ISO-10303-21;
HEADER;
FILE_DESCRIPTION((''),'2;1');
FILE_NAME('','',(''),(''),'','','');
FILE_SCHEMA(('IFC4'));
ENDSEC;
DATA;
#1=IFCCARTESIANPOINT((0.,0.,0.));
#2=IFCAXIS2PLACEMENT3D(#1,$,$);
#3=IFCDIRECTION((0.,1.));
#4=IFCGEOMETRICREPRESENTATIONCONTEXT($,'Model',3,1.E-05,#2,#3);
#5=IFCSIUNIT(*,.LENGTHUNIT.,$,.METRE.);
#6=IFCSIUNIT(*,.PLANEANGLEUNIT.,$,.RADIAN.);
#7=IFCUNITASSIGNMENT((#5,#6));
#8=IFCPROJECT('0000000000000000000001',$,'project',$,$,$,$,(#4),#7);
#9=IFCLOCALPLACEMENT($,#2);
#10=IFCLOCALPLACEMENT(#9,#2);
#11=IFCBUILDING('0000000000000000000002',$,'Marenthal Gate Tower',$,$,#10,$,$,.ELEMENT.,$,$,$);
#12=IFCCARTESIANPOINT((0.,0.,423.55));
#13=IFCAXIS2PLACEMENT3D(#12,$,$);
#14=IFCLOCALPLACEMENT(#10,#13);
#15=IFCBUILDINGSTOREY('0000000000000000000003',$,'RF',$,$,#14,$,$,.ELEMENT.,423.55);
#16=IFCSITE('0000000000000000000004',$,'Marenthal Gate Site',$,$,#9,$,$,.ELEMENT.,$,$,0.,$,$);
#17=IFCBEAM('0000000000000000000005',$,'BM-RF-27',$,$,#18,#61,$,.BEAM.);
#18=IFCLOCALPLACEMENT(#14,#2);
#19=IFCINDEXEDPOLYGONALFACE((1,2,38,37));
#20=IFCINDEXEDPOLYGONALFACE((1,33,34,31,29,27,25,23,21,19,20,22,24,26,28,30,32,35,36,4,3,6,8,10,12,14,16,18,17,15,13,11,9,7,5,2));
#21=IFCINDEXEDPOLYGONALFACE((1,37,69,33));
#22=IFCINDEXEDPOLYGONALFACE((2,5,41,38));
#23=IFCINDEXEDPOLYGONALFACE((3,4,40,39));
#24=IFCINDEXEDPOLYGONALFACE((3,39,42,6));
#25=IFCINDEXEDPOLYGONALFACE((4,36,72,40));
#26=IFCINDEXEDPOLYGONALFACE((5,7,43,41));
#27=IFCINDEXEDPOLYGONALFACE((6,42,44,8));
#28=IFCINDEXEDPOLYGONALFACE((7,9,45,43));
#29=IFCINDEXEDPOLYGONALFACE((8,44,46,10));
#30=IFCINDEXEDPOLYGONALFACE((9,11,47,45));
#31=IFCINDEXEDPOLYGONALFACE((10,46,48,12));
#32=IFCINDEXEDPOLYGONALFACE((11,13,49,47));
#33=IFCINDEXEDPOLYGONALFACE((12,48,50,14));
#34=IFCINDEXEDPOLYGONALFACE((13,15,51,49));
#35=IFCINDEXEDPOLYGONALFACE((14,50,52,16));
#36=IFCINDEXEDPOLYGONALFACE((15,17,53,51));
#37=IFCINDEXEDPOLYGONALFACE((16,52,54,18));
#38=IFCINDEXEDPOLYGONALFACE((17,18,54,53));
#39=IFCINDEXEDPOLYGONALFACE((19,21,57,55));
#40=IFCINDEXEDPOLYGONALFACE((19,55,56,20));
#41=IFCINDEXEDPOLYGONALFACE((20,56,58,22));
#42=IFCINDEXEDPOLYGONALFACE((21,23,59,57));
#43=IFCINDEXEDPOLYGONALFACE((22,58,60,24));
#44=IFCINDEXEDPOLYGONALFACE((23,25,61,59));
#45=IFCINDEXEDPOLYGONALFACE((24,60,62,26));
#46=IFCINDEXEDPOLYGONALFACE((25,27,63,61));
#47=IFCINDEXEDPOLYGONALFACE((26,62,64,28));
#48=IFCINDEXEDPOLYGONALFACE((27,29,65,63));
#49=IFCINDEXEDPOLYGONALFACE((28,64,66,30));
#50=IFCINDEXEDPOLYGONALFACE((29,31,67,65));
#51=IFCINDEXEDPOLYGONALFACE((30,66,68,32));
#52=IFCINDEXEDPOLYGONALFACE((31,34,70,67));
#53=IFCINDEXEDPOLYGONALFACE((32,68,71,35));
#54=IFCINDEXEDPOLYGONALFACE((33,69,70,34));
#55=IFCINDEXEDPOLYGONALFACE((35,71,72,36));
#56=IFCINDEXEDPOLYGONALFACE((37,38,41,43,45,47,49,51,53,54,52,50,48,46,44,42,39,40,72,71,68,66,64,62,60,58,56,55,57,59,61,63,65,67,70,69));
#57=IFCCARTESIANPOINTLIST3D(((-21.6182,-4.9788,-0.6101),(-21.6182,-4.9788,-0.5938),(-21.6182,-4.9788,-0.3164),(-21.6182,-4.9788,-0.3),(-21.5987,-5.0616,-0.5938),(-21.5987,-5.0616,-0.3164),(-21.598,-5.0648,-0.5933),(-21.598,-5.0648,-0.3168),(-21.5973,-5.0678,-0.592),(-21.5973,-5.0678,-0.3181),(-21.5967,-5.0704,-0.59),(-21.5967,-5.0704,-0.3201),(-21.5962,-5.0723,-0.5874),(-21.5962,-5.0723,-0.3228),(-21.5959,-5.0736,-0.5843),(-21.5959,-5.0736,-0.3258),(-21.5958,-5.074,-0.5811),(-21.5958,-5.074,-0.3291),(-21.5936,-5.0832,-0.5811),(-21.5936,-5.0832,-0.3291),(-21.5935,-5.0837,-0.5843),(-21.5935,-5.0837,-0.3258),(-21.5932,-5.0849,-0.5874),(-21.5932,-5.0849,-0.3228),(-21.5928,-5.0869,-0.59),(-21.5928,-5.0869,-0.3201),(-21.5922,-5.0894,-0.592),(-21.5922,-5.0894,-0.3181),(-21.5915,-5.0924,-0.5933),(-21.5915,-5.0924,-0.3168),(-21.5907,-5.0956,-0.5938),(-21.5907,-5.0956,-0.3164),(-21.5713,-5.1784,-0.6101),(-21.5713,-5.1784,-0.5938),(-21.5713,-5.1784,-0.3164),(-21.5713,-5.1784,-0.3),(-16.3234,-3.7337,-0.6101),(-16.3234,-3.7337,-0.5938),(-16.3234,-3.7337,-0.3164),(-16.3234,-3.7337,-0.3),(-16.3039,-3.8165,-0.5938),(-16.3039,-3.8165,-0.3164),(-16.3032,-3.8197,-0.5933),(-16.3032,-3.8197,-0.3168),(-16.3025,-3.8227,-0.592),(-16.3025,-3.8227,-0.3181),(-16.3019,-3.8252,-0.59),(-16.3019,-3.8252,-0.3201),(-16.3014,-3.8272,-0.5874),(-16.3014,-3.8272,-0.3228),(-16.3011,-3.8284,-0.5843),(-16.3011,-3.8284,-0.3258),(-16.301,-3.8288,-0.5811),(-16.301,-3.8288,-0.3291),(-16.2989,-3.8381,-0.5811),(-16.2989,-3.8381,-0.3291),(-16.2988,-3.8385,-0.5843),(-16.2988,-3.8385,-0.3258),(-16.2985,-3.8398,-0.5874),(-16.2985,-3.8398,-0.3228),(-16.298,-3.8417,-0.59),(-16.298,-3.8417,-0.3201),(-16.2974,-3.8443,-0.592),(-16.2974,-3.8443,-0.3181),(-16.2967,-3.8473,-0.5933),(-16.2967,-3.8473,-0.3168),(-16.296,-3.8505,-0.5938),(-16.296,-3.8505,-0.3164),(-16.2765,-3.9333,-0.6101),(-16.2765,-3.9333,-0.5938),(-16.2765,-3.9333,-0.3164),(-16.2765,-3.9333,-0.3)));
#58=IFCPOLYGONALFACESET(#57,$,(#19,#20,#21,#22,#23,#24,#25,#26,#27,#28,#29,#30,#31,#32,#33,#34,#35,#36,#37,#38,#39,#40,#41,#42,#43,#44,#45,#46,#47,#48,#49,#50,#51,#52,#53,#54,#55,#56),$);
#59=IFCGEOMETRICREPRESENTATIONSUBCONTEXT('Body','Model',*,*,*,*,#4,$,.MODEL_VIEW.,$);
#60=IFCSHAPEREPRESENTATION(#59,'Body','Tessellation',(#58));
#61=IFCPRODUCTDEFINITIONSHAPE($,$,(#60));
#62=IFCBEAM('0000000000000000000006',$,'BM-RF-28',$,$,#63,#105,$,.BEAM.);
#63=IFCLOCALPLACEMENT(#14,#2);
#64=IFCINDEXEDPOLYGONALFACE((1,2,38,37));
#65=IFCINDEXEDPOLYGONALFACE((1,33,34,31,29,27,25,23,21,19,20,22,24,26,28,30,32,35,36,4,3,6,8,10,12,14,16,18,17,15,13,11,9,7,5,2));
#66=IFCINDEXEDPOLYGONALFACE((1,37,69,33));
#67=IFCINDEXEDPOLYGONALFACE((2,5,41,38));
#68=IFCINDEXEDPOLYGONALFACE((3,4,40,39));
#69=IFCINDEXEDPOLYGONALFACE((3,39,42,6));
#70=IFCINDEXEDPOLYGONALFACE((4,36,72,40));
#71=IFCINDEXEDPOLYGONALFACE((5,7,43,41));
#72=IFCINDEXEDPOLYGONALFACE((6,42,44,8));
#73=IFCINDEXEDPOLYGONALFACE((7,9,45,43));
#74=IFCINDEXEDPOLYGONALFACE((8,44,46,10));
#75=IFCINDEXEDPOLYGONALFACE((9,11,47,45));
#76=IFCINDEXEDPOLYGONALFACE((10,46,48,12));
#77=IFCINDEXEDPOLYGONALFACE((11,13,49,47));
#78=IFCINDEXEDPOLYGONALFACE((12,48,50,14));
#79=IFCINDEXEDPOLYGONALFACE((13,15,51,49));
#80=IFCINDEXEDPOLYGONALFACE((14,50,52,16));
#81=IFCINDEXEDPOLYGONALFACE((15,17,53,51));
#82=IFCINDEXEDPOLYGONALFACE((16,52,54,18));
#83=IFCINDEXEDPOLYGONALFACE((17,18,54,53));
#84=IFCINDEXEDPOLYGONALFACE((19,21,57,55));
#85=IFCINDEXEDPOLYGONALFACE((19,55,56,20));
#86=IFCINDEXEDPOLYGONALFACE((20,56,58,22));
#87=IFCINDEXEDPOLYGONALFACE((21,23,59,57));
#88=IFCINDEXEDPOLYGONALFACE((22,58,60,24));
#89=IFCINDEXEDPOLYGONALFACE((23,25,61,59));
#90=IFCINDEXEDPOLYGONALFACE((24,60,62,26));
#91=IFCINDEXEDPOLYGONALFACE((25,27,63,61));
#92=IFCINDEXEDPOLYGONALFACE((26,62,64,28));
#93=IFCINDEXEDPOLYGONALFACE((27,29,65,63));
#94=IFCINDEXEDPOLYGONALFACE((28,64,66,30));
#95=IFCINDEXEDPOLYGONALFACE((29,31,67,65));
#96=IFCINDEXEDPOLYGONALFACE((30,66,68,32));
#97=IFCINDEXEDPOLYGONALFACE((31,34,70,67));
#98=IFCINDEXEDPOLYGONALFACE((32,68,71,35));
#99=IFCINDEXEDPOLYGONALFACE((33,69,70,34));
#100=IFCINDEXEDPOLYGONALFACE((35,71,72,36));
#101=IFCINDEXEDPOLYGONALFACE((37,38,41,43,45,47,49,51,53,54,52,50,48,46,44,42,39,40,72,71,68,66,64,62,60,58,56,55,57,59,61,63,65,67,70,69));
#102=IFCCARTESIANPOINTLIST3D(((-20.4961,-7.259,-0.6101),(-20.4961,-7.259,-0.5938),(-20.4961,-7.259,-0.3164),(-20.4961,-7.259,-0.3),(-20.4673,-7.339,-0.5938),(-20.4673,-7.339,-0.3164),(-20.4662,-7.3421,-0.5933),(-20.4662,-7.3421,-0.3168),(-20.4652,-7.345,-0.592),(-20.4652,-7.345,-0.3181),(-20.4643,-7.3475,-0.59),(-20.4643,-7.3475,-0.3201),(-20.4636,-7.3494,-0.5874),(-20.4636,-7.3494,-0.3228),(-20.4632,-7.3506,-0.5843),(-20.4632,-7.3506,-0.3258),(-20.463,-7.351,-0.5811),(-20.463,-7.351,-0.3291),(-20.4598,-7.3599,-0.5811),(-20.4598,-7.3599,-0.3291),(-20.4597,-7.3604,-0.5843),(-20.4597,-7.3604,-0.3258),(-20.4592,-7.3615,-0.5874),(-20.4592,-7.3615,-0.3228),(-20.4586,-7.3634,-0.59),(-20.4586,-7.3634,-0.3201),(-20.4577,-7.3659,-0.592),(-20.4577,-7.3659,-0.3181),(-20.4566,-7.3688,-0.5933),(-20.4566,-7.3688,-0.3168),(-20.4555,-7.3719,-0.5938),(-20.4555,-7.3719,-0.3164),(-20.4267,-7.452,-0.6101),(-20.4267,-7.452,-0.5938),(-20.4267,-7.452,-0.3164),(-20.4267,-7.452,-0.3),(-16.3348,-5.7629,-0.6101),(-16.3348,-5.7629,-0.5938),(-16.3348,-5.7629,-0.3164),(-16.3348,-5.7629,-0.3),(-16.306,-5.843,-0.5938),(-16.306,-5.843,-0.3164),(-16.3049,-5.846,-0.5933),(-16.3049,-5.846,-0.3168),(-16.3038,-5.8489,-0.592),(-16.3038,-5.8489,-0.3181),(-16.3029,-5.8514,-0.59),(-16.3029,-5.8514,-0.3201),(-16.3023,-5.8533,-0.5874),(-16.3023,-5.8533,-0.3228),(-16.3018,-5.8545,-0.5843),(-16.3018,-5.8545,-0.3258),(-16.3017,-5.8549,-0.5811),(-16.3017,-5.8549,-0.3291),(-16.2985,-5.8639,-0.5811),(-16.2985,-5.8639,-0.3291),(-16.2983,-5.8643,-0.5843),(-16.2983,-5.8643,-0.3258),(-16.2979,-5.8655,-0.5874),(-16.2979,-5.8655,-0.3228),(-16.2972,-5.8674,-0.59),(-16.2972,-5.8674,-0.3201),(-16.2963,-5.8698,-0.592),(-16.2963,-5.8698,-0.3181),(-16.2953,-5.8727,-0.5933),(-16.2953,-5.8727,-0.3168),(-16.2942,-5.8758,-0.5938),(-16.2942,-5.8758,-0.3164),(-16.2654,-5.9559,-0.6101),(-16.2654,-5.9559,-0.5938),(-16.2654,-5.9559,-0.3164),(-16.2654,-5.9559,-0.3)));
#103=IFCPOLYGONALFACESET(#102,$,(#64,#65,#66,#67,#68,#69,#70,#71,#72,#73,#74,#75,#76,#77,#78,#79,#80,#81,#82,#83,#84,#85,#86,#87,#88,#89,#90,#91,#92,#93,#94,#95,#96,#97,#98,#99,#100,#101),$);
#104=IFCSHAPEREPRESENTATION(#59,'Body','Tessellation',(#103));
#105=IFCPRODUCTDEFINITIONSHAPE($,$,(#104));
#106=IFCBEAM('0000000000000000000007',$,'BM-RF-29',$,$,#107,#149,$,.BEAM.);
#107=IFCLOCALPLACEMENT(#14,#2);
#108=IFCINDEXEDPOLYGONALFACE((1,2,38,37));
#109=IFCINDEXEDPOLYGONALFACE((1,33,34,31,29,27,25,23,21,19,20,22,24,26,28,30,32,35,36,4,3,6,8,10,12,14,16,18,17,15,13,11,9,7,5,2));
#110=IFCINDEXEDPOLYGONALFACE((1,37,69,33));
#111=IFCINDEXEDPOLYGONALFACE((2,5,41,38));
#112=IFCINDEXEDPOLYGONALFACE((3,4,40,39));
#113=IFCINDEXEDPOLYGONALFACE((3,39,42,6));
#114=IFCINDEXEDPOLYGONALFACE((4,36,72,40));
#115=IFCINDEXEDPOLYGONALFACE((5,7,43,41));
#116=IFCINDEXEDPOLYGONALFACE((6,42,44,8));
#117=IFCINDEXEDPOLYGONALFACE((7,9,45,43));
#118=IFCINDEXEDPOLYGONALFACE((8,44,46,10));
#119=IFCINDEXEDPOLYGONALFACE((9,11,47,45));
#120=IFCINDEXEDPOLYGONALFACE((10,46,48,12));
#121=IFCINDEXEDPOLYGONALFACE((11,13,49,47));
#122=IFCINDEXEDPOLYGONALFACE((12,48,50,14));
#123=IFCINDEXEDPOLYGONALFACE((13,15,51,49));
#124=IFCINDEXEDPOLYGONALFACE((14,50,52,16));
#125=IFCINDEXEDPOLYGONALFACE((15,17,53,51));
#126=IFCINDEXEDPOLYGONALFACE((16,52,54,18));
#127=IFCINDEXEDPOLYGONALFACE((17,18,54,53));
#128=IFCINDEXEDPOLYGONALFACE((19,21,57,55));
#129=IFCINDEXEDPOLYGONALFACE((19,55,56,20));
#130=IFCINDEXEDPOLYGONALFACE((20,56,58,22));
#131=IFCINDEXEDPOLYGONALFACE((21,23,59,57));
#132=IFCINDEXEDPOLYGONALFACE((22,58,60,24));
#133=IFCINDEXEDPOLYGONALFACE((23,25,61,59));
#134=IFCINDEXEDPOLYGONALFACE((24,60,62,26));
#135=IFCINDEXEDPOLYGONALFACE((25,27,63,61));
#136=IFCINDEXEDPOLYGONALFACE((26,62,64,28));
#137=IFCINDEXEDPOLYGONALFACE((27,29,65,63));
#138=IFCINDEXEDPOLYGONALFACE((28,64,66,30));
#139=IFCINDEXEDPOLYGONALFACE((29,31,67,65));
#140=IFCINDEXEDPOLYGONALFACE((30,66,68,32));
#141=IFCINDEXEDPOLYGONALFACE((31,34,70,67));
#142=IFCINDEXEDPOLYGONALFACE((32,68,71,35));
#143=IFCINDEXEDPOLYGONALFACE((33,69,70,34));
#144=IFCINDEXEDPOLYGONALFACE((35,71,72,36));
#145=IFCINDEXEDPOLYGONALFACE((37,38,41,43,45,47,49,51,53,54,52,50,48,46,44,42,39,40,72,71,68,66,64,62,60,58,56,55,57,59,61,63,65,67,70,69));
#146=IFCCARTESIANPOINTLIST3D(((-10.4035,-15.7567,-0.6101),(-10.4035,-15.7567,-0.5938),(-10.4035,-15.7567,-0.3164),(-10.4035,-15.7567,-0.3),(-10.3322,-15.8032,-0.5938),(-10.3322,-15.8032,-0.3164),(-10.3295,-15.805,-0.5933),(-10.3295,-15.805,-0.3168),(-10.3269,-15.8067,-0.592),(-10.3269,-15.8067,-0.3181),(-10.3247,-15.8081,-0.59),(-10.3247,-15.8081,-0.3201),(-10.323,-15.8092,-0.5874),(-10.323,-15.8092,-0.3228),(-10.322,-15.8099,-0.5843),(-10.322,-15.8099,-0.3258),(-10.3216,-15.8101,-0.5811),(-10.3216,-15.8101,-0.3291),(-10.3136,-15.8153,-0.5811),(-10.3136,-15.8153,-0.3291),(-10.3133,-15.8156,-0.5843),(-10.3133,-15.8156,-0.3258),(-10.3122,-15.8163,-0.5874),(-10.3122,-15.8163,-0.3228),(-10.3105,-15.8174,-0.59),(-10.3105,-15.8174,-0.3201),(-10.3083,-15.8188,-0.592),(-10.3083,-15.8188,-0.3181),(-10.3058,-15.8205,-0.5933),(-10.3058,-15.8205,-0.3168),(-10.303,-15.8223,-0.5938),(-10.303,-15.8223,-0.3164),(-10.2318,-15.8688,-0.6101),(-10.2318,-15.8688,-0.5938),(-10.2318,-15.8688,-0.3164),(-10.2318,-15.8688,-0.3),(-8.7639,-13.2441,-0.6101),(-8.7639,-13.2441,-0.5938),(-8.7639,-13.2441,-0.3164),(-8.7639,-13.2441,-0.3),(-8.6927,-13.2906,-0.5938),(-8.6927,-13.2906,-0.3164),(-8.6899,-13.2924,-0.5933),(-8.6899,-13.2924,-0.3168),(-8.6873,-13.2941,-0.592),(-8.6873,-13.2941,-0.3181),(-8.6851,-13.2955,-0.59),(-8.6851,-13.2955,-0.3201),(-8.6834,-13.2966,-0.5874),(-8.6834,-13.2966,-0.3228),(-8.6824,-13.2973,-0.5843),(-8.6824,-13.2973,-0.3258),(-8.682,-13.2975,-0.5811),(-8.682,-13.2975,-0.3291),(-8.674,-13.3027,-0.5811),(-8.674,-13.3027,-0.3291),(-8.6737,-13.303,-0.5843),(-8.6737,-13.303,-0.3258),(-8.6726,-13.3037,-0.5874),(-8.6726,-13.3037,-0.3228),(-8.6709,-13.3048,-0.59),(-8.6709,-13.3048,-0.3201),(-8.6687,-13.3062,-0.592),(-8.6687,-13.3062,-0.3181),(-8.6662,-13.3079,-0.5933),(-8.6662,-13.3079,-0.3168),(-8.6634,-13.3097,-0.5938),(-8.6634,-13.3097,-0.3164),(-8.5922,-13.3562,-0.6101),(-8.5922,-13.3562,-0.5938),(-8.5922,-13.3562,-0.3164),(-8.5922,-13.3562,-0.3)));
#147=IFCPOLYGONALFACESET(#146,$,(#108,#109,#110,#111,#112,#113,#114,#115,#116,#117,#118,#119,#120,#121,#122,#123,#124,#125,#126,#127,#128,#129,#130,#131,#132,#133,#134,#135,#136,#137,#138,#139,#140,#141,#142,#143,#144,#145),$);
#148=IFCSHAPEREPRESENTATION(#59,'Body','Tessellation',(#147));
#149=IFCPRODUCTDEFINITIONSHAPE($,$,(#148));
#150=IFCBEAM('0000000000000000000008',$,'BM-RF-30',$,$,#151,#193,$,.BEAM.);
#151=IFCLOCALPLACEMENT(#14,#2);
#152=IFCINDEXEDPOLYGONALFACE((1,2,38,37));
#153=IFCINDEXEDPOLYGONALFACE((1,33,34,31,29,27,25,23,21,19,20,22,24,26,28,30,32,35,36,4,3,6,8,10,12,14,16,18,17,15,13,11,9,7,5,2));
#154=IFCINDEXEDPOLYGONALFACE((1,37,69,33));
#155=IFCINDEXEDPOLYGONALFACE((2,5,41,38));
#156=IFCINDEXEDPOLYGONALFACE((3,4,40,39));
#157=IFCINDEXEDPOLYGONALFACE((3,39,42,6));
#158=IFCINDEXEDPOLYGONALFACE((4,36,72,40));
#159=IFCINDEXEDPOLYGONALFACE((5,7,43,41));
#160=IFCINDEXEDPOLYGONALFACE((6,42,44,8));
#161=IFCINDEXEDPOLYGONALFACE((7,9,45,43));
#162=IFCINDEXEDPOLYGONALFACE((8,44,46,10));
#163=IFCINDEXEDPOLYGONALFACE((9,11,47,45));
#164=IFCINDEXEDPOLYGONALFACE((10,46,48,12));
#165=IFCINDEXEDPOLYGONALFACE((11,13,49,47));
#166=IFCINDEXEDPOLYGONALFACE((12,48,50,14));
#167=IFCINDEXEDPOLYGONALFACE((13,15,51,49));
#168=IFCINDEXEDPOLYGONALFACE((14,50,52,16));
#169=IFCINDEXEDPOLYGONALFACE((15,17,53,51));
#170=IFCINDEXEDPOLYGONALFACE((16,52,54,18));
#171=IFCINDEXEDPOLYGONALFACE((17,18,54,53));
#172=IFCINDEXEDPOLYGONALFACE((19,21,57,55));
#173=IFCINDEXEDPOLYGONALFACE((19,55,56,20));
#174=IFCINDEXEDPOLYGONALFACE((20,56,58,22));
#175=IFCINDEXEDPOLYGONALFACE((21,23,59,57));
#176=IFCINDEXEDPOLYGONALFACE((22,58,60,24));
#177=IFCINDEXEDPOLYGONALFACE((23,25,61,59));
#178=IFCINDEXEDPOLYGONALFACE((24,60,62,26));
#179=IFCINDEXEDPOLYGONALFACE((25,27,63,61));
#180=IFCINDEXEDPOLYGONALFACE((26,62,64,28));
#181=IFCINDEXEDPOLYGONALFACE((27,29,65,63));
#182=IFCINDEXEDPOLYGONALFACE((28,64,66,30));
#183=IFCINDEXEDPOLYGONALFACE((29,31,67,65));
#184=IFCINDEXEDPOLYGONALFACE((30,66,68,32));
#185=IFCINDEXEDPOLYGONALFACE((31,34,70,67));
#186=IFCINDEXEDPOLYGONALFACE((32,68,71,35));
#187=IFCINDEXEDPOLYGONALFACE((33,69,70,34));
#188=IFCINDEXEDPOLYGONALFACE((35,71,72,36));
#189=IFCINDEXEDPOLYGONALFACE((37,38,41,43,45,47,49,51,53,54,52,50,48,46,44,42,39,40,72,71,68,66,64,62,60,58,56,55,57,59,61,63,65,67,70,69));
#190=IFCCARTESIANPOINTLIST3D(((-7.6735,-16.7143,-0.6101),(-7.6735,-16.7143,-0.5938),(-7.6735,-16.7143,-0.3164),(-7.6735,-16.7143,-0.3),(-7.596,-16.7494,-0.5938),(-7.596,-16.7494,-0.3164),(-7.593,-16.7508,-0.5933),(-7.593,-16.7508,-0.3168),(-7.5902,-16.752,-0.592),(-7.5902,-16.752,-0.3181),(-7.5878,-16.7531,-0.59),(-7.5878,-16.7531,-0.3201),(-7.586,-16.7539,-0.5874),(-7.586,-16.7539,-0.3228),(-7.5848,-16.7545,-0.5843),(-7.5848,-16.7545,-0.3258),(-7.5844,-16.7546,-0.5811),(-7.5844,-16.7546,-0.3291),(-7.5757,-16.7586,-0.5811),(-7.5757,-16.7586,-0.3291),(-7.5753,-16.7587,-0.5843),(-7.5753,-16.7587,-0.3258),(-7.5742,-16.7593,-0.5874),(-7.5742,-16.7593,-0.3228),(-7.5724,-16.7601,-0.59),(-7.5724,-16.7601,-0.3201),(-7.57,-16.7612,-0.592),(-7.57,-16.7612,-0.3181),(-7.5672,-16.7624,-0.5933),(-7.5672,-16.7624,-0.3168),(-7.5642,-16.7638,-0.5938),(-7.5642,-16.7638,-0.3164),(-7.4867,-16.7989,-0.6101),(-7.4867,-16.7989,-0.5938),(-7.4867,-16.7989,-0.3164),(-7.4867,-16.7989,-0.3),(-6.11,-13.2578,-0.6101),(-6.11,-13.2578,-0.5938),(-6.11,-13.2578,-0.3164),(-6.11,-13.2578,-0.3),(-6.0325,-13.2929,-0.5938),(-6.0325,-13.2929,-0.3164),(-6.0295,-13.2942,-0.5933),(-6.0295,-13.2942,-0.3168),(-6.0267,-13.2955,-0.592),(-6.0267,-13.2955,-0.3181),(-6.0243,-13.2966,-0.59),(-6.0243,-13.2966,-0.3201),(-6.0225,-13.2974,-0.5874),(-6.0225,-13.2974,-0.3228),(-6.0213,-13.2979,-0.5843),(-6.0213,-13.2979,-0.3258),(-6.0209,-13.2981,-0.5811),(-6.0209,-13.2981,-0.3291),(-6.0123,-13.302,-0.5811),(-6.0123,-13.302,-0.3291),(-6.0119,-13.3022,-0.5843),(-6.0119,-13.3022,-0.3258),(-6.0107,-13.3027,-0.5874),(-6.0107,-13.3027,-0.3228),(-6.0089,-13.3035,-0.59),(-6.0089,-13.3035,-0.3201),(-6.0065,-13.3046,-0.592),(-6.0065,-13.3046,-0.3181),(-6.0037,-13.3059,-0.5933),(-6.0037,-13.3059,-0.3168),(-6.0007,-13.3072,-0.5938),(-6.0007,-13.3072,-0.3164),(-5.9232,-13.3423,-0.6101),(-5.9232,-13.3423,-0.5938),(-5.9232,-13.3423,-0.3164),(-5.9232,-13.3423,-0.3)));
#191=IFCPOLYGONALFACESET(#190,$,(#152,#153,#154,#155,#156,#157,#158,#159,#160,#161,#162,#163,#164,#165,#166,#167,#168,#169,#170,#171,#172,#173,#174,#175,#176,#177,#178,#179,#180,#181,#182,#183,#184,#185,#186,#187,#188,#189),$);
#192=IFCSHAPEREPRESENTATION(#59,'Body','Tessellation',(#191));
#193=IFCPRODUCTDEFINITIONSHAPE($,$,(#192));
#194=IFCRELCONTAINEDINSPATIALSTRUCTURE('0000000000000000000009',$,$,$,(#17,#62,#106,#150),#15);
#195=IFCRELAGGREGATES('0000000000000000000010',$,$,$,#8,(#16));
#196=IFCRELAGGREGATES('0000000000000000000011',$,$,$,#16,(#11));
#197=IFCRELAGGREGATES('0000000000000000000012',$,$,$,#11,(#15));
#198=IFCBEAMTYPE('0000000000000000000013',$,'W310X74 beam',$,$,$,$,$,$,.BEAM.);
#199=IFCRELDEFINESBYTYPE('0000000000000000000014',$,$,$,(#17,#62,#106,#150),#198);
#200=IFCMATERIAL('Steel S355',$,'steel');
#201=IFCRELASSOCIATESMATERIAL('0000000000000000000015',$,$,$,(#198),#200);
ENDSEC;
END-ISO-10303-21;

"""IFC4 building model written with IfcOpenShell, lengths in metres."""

from ifc_helpers import new_model, si_unit, direction, frame, origin, origin_2d, place, context, subcontext, project, spatial, i_section, extrude, material, material_profile, profile_set, type_object, element, save


model = new_model("IFC4")

# Units and contexts
model_context = context("Model", 3, precision=1e-05, world=origin(), true_north=direction((0.0, 1.0)))
body_context = subcontext(model_context, "Body", "Model", "MODEL_VIEW")
ifc_project = project(units=[si_unit("LENGTHUNIT", "METRE"), si_unit("PLANEANGLEUNIT", "RADIAN")], contexts=[model_context])

# Site, building, storey
site_placement = place(None, origin())
site = spatial("IfcSite", under=ifc_project, at=site_placement, Name="Marenthal Gate Site", CompositionType="ELEMENT", RefElevation=0.0)
building_placement = place(site_placement, origin())
building = spatial("IfcBuilding", under=site, at=building_placement, Name="Marenthal Gate Tower", CompositionType="ELEMENT")
storey_placement = place(building_placement, frame((0.0, 0.0, 423.55)))
storey = spatial("IfcBuildingStorey", under=building, at=storey_placement, Name="RF", CompositionType="ELEMENT", Elevation=423.55)

# Beams
ifc_material_1 = material(Name="Steel S355", Category="steel")
ifc_material_profile_1 = material_profile(ifc_material_1, i_section(OverallWidth=0.2051, OverallDepth=0.3101, WebThickness=0.0095, FlangeThickness=0.0164, FilletRadius=0.0127, at=origin_2d()), Name="W310X74")
ifc_profile_set_1 = profile_set([ifc_material_profile_1], Name="Steel S355")
beam_type_1 = type_object("IfcBeamType", Name="W310X74 beam", PredefinedType="BEAM", material=ifc_profile_set_1)
beam_1_placement = place(storey_placement, frame((-21.5947, -5.0786, -0.4551), z_axis=(0.973445, 0.228919, 0.0), x_axis=(-0.228919, 0.973445, 0.0)))
element("IfcBeam", 1, at=beam_1_placement, inside=storey, type_object=beam_type_1, Name="BM-RF-27", PredefinedType="BEAM", context=body_context, shape_type="SweptSolid", body=[
    extrude(i_section(OverallWidth=0.2051, OverallDepth=0.3101, WebThickness=0.0095, FlangeThickness=0.0164, FilletRadius=0.0127, at=origin_2d()), origin(), (0.0, 0.0, 1.0), 5.4392),
])
beam_2_placement = place(storey_placement, frame((-20.4614, -7.3555, -0.4551), z_axis=(0.941032, 0.338319, 0.0), x_axis=(-0.338319, 0.941032, 0.0)))
element("IfcBeam", 2, at=beam_2_placement, inside=storey, type_object=beam_type_1, Name="BM-RF-28", PredefinedType="BEAM", context=body_context, shape_type="SweptSolid", body=[
    extrude(i_section(OverallWidth=0.2051, OverallDepth=0.3101, WebThickness=0.0095, FlangeThickness=0.0164, FilletRadius=0.0127, at=origin_2d()), origin(), (0.0, 0.0, 1.0), 4.4221),
])
beam_3_placement = place(storey_placement, frame((-10.3176, -15.8127, -0.4551), z_axis=(0.546486, 0.837468, 0.0), x_axis=(-0.837468, 0.546486, 0.0)))
element("IfcBeam", 3, at=beam_3_placement, inside=storey, type_object=beam_type_1, Name="BM-RF-29", PredefinedType="BEAM", context=body_context, shape_type="SweptSolid", body=[
    extrude(i_section(OverallWidth=0.2051, OverallDepth=0.3101, WebThickness=0.0095, FlangeThickness=0.0164, FilletRadius=0.0127, at=origin_2d()), origin(), (0.0, 0.0, 1.0), 3.0002),
])
beam_4_placement = place(storey_placement, frame((-7.5801, -16.7566, -0.4551), z_axis=(0.412125, 0.911127, 0.0), x_axis=(-0.911127, 0.412125, 0.0)))
element("IfcBeam", 4, at=beam_4_placement, inside=storey, type_object=beam_type_1, Name="BM-RF-30", PredefinedType="BEAM", context=body_context, shape_type="SweptSolid", body=[
    extrude(i_section(OverallWidth=0.2051, OverallDepth=0.3101, WebThickness=0.0095, FlangeThickness=0.0164, FilletRadius=0.0127, at=origin_2d()), origin(), (0.0, 0.0, 1.0), 3.7937),
])

save(model, "model.ifc")
